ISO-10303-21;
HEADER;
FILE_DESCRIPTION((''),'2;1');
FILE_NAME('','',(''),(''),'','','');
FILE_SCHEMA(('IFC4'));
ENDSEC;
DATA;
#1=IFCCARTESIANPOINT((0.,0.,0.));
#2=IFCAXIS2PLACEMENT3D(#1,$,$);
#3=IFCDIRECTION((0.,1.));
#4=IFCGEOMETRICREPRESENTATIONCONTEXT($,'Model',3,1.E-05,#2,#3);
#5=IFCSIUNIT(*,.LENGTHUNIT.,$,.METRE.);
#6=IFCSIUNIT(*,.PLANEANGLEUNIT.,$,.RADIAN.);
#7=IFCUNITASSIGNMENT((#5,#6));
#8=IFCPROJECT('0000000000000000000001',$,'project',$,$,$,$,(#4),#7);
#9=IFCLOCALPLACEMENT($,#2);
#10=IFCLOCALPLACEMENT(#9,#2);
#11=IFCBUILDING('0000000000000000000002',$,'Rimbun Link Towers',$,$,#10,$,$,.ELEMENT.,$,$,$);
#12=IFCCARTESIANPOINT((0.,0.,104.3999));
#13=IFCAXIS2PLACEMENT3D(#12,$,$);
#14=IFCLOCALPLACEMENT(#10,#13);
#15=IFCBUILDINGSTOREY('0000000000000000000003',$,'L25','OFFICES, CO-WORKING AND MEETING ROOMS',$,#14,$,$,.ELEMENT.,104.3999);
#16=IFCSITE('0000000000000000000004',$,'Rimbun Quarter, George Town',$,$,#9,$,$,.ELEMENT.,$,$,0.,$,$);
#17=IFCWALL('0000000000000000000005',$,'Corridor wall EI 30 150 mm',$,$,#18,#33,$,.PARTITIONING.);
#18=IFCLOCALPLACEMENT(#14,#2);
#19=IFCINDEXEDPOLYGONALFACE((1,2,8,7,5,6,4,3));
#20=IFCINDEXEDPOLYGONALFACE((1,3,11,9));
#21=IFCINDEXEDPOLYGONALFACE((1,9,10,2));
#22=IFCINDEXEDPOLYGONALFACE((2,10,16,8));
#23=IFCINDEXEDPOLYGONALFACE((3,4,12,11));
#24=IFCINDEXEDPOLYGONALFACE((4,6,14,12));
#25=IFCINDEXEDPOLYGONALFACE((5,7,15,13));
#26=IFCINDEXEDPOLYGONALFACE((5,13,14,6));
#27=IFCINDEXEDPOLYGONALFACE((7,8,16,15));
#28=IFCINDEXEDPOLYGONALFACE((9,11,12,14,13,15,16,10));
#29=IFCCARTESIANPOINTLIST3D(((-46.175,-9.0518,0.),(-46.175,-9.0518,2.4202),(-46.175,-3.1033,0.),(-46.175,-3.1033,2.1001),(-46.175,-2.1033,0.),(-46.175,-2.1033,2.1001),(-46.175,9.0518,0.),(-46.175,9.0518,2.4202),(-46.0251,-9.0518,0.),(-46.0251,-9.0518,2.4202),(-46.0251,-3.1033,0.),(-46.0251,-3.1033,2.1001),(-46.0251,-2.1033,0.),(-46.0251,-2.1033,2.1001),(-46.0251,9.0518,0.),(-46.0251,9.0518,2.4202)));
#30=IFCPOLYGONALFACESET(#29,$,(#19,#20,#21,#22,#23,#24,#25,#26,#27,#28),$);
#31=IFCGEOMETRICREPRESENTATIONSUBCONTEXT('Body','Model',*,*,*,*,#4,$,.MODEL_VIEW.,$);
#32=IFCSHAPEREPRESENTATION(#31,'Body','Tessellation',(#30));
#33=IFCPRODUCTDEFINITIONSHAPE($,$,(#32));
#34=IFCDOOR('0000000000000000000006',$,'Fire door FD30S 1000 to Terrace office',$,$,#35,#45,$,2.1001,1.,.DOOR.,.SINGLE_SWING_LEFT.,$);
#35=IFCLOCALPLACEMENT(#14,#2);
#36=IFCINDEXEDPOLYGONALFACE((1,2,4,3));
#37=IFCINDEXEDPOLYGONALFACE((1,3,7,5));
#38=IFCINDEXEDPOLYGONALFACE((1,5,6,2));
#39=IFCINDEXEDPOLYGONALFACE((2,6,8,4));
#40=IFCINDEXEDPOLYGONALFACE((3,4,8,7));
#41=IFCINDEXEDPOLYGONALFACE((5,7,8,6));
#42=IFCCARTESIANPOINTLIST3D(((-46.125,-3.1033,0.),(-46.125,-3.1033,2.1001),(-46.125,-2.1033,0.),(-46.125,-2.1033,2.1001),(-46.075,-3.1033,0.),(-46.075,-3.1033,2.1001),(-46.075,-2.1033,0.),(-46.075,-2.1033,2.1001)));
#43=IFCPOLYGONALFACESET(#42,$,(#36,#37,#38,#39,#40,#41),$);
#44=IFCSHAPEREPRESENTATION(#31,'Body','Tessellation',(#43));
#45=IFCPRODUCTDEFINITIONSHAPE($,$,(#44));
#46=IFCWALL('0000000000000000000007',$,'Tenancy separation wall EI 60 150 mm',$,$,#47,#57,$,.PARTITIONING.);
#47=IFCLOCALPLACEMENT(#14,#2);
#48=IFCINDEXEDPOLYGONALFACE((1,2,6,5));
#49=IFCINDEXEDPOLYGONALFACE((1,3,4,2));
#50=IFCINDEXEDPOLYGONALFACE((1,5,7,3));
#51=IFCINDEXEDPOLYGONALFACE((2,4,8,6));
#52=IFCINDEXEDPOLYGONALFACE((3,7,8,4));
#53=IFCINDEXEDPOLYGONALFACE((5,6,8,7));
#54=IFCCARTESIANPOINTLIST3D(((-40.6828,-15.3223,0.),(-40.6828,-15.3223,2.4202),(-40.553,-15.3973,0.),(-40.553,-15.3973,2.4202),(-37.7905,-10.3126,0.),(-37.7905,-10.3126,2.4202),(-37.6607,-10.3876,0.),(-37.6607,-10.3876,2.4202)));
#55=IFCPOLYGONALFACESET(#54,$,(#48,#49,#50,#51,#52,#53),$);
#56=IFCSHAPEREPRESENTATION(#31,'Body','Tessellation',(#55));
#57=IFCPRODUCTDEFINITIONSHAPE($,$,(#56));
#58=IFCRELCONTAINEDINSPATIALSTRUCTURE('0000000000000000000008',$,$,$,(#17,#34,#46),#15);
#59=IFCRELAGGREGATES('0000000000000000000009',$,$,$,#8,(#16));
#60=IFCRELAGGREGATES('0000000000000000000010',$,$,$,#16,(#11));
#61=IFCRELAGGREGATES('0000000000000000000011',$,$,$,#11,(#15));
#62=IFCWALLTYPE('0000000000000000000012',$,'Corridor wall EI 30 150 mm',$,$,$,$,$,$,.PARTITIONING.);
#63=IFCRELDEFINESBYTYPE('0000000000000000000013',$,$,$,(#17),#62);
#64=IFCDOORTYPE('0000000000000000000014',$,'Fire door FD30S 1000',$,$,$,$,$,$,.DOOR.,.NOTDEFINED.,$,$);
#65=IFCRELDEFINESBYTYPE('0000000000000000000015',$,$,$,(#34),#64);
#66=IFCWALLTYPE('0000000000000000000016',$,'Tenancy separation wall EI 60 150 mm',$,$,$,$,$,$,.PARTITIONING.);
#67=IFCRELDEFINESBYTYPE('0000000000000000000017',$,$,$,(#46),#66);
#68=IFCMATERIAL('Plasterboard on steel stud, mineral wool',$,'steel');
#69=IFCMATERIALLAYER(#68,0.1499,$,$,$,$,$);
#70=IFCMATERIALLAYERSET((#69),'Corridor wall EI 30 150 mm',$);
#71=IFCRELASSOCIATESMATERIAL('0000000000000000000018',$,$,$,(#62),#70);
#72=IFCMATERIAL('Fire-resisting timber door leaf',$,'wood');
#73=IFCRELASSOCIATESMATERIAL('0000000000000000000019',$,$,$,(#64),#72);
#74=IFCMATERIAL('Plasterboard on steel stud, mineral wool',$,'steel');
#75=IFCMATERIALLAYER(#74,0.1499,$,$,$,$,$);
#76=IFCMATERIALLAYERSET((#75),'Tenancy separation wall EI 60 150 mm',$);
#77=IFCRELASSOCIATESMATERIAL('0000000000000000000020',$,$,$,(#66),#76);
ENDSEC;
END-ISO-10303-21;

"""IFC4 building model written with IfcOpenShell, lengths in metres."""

from ifc_helpers import new_model, si_unit, direction, frame, frame_2d, origin, place, context, subcontext, project, spatial, rectangle, extrude, material, layer, layer_set, type_object, element, fill, save


model = new_model("IFC4")

# Units and contexts
model_context = context("Model", 3, precision=1e-05, world=origin(), true_north=direction((0.0, 1.0)))
body_context = subcontext(model_context, "Body", "Model", "MODEL_VIEW")
ifc_project = project(units=[si_unit("LENGTHUNIT", "METRE"), si_unit("PLANEANGLEUNIT", "RADIAN")], contexts=[model_context])

# Site, building, storey
site_placement = place(None, origin())
site = spatial("IfcSite", under=ifc_project, at=site_placement, Name="Rimbun Quarter, George Town", CompositionType="ELEMENT", RefElevation=0.0)
building_placement = place(site_placement, origin())
building = spatial("IfcBuilding", under=site, at=building_placement, Name="Rimbun Link Towers", CompositionType="ELEMENT")
storey_placement = place(building_placement, frame((0.0, 0.0, 104.3999)))
storey = spatial("IfcBuildingStorey", under=building, at=storey_placement, Name="L25", Description="OFFICES, CO-WORKING AND MEETING ROOMS", CompositionType="ELEMENT", Elevation=104.3999)

# Shared definitions
ifc_material_1 = material(Name="Plasterboard on steel stud, mineral wool", Category="steel")
ifc_layer_1 = layer(ifc_material_1, 0.1499)
ifc_layer_set_1 = layer_set([ifc_layer_1], Name="Corridor wall EI 30 150 mm")
wall_type_1 = type_object("IfcWallType", Name="Corridor wall EI 30 150 mm", PredefinedType="PARTITIONING", material=ifc_layer_set_1)

# Wall, opening, door
wall_1_placement = place(storey_placement, frame((-46.1001, -9.0518, 0.0), z_axis=(0.0, 0.0, 1.0), x_axis=(0.0, 1.0, 0.0)))
wall_1 = element("IfcWall", 1, at=wall_1_placement, inside=storey, type_object=wall_type_1, Name="Corridor wall EI 30 150 mm", PredefinedType="PARTITIONING", context=body_context, shape_type="SweptSolid", body=[
    extrude(rectangle(XDim=18.1035, YDim=0.1499, at=frame_2d((9.0518, 0.0))), origin(), (0.0, 0.0, 1.0), 2.4202),
])
opening_1_placement = place(wall_1_placement, frame((5.9485, 0.0, 0.0)))
opening_1 = element("IfcOpeningElement", 2, at=opening_1_placement, cuts=wall_1, PredefinedType="OPENING", context=body_context, shape_type="SweptSolid", body=[
    extrude(rectangle(XDim=1.0, YDim=2.1001, at=frame_2d((0.5, 1.05))), frame((0.0, 0.085, 0.0), z_axis=(0.0, -1.0, 0.0), x_axis=(1.0, 0.0, 0.0)), (0.0, 0.0, 1.0), 0.1699),
])
ifc_material_2 = material(Name="Fire-resisting timber door leaf", Category="wood")
door_type = type_object("IfcDoorType", Name="Fire door FD30S 1000", OperationType="NOTDEFINED", PredefinedType="DOOR", material=ifc_material_2)
door_placement = place(opening_1_placement, origin())
door = element("IfcDoor", 3, at=door_placement, inside=storey, type_object=door_type, Name="Fire door FD30S 1000 to Terrace office", OperationType="SINGLE_SWING_LEFT", OverallHeight=2.1001, OverallWidth=1.0, PredefinedType="DOOR", context=body_context, shape_type="SweptSolid", body=[
    extrude(rectangle(XDim=1.0, YDim=2.1001, at=frame_2d((0.5, 1.05))), frame((0.0, 0.0249, 0.0), z_axis=(0.0, -1.0, 0.0), x_axis=(1.0, 0.0, 0.0)), (0.0, 0.0, 1.0), 0.05),
])
fill(opening_1, door)

# Wall
ifc_material_3 = material(Name="Plasterboard on steel stud, mineral wool", Category="steel")
ifc_layer_2 = layer(ifc_material_3, 0.1499)
ifc_layer_set_2 = layer_set([ifc_layer_2], Name="Tenancy separation wall EI 60 150 mm")
wall_type_2 = type_object("IfcWallType", Name="Tenancy separation wall EI 60 150 mm", PredefinedType="PARTITIONING", material=ifc_layer_set_2)
wall_2_placement = place(storey_placement, frame((-37.7256, -10.3501, 0.0), z_axis=(0.0, 0.0, 1.0), x_axis=(-0.499993, -0.86603, 0.0)))
element("IfcWall", 4, at=wall_2_placement, inside=storey, type_object=wall_type_2, Name="Tenancy separation wall EI 60 150 mm", PredefinedType="PARTITIONING", context=body_context, shape_type="SweptSolid", body=[
    extrude(rectangle(XDim=5.7847, YDim=0.1499, at=frame_2d((2.8923, 0.0))), origin(), (0.0, 0.0, 1.0), 2.4202),
])

save(model, "model.ifc")
